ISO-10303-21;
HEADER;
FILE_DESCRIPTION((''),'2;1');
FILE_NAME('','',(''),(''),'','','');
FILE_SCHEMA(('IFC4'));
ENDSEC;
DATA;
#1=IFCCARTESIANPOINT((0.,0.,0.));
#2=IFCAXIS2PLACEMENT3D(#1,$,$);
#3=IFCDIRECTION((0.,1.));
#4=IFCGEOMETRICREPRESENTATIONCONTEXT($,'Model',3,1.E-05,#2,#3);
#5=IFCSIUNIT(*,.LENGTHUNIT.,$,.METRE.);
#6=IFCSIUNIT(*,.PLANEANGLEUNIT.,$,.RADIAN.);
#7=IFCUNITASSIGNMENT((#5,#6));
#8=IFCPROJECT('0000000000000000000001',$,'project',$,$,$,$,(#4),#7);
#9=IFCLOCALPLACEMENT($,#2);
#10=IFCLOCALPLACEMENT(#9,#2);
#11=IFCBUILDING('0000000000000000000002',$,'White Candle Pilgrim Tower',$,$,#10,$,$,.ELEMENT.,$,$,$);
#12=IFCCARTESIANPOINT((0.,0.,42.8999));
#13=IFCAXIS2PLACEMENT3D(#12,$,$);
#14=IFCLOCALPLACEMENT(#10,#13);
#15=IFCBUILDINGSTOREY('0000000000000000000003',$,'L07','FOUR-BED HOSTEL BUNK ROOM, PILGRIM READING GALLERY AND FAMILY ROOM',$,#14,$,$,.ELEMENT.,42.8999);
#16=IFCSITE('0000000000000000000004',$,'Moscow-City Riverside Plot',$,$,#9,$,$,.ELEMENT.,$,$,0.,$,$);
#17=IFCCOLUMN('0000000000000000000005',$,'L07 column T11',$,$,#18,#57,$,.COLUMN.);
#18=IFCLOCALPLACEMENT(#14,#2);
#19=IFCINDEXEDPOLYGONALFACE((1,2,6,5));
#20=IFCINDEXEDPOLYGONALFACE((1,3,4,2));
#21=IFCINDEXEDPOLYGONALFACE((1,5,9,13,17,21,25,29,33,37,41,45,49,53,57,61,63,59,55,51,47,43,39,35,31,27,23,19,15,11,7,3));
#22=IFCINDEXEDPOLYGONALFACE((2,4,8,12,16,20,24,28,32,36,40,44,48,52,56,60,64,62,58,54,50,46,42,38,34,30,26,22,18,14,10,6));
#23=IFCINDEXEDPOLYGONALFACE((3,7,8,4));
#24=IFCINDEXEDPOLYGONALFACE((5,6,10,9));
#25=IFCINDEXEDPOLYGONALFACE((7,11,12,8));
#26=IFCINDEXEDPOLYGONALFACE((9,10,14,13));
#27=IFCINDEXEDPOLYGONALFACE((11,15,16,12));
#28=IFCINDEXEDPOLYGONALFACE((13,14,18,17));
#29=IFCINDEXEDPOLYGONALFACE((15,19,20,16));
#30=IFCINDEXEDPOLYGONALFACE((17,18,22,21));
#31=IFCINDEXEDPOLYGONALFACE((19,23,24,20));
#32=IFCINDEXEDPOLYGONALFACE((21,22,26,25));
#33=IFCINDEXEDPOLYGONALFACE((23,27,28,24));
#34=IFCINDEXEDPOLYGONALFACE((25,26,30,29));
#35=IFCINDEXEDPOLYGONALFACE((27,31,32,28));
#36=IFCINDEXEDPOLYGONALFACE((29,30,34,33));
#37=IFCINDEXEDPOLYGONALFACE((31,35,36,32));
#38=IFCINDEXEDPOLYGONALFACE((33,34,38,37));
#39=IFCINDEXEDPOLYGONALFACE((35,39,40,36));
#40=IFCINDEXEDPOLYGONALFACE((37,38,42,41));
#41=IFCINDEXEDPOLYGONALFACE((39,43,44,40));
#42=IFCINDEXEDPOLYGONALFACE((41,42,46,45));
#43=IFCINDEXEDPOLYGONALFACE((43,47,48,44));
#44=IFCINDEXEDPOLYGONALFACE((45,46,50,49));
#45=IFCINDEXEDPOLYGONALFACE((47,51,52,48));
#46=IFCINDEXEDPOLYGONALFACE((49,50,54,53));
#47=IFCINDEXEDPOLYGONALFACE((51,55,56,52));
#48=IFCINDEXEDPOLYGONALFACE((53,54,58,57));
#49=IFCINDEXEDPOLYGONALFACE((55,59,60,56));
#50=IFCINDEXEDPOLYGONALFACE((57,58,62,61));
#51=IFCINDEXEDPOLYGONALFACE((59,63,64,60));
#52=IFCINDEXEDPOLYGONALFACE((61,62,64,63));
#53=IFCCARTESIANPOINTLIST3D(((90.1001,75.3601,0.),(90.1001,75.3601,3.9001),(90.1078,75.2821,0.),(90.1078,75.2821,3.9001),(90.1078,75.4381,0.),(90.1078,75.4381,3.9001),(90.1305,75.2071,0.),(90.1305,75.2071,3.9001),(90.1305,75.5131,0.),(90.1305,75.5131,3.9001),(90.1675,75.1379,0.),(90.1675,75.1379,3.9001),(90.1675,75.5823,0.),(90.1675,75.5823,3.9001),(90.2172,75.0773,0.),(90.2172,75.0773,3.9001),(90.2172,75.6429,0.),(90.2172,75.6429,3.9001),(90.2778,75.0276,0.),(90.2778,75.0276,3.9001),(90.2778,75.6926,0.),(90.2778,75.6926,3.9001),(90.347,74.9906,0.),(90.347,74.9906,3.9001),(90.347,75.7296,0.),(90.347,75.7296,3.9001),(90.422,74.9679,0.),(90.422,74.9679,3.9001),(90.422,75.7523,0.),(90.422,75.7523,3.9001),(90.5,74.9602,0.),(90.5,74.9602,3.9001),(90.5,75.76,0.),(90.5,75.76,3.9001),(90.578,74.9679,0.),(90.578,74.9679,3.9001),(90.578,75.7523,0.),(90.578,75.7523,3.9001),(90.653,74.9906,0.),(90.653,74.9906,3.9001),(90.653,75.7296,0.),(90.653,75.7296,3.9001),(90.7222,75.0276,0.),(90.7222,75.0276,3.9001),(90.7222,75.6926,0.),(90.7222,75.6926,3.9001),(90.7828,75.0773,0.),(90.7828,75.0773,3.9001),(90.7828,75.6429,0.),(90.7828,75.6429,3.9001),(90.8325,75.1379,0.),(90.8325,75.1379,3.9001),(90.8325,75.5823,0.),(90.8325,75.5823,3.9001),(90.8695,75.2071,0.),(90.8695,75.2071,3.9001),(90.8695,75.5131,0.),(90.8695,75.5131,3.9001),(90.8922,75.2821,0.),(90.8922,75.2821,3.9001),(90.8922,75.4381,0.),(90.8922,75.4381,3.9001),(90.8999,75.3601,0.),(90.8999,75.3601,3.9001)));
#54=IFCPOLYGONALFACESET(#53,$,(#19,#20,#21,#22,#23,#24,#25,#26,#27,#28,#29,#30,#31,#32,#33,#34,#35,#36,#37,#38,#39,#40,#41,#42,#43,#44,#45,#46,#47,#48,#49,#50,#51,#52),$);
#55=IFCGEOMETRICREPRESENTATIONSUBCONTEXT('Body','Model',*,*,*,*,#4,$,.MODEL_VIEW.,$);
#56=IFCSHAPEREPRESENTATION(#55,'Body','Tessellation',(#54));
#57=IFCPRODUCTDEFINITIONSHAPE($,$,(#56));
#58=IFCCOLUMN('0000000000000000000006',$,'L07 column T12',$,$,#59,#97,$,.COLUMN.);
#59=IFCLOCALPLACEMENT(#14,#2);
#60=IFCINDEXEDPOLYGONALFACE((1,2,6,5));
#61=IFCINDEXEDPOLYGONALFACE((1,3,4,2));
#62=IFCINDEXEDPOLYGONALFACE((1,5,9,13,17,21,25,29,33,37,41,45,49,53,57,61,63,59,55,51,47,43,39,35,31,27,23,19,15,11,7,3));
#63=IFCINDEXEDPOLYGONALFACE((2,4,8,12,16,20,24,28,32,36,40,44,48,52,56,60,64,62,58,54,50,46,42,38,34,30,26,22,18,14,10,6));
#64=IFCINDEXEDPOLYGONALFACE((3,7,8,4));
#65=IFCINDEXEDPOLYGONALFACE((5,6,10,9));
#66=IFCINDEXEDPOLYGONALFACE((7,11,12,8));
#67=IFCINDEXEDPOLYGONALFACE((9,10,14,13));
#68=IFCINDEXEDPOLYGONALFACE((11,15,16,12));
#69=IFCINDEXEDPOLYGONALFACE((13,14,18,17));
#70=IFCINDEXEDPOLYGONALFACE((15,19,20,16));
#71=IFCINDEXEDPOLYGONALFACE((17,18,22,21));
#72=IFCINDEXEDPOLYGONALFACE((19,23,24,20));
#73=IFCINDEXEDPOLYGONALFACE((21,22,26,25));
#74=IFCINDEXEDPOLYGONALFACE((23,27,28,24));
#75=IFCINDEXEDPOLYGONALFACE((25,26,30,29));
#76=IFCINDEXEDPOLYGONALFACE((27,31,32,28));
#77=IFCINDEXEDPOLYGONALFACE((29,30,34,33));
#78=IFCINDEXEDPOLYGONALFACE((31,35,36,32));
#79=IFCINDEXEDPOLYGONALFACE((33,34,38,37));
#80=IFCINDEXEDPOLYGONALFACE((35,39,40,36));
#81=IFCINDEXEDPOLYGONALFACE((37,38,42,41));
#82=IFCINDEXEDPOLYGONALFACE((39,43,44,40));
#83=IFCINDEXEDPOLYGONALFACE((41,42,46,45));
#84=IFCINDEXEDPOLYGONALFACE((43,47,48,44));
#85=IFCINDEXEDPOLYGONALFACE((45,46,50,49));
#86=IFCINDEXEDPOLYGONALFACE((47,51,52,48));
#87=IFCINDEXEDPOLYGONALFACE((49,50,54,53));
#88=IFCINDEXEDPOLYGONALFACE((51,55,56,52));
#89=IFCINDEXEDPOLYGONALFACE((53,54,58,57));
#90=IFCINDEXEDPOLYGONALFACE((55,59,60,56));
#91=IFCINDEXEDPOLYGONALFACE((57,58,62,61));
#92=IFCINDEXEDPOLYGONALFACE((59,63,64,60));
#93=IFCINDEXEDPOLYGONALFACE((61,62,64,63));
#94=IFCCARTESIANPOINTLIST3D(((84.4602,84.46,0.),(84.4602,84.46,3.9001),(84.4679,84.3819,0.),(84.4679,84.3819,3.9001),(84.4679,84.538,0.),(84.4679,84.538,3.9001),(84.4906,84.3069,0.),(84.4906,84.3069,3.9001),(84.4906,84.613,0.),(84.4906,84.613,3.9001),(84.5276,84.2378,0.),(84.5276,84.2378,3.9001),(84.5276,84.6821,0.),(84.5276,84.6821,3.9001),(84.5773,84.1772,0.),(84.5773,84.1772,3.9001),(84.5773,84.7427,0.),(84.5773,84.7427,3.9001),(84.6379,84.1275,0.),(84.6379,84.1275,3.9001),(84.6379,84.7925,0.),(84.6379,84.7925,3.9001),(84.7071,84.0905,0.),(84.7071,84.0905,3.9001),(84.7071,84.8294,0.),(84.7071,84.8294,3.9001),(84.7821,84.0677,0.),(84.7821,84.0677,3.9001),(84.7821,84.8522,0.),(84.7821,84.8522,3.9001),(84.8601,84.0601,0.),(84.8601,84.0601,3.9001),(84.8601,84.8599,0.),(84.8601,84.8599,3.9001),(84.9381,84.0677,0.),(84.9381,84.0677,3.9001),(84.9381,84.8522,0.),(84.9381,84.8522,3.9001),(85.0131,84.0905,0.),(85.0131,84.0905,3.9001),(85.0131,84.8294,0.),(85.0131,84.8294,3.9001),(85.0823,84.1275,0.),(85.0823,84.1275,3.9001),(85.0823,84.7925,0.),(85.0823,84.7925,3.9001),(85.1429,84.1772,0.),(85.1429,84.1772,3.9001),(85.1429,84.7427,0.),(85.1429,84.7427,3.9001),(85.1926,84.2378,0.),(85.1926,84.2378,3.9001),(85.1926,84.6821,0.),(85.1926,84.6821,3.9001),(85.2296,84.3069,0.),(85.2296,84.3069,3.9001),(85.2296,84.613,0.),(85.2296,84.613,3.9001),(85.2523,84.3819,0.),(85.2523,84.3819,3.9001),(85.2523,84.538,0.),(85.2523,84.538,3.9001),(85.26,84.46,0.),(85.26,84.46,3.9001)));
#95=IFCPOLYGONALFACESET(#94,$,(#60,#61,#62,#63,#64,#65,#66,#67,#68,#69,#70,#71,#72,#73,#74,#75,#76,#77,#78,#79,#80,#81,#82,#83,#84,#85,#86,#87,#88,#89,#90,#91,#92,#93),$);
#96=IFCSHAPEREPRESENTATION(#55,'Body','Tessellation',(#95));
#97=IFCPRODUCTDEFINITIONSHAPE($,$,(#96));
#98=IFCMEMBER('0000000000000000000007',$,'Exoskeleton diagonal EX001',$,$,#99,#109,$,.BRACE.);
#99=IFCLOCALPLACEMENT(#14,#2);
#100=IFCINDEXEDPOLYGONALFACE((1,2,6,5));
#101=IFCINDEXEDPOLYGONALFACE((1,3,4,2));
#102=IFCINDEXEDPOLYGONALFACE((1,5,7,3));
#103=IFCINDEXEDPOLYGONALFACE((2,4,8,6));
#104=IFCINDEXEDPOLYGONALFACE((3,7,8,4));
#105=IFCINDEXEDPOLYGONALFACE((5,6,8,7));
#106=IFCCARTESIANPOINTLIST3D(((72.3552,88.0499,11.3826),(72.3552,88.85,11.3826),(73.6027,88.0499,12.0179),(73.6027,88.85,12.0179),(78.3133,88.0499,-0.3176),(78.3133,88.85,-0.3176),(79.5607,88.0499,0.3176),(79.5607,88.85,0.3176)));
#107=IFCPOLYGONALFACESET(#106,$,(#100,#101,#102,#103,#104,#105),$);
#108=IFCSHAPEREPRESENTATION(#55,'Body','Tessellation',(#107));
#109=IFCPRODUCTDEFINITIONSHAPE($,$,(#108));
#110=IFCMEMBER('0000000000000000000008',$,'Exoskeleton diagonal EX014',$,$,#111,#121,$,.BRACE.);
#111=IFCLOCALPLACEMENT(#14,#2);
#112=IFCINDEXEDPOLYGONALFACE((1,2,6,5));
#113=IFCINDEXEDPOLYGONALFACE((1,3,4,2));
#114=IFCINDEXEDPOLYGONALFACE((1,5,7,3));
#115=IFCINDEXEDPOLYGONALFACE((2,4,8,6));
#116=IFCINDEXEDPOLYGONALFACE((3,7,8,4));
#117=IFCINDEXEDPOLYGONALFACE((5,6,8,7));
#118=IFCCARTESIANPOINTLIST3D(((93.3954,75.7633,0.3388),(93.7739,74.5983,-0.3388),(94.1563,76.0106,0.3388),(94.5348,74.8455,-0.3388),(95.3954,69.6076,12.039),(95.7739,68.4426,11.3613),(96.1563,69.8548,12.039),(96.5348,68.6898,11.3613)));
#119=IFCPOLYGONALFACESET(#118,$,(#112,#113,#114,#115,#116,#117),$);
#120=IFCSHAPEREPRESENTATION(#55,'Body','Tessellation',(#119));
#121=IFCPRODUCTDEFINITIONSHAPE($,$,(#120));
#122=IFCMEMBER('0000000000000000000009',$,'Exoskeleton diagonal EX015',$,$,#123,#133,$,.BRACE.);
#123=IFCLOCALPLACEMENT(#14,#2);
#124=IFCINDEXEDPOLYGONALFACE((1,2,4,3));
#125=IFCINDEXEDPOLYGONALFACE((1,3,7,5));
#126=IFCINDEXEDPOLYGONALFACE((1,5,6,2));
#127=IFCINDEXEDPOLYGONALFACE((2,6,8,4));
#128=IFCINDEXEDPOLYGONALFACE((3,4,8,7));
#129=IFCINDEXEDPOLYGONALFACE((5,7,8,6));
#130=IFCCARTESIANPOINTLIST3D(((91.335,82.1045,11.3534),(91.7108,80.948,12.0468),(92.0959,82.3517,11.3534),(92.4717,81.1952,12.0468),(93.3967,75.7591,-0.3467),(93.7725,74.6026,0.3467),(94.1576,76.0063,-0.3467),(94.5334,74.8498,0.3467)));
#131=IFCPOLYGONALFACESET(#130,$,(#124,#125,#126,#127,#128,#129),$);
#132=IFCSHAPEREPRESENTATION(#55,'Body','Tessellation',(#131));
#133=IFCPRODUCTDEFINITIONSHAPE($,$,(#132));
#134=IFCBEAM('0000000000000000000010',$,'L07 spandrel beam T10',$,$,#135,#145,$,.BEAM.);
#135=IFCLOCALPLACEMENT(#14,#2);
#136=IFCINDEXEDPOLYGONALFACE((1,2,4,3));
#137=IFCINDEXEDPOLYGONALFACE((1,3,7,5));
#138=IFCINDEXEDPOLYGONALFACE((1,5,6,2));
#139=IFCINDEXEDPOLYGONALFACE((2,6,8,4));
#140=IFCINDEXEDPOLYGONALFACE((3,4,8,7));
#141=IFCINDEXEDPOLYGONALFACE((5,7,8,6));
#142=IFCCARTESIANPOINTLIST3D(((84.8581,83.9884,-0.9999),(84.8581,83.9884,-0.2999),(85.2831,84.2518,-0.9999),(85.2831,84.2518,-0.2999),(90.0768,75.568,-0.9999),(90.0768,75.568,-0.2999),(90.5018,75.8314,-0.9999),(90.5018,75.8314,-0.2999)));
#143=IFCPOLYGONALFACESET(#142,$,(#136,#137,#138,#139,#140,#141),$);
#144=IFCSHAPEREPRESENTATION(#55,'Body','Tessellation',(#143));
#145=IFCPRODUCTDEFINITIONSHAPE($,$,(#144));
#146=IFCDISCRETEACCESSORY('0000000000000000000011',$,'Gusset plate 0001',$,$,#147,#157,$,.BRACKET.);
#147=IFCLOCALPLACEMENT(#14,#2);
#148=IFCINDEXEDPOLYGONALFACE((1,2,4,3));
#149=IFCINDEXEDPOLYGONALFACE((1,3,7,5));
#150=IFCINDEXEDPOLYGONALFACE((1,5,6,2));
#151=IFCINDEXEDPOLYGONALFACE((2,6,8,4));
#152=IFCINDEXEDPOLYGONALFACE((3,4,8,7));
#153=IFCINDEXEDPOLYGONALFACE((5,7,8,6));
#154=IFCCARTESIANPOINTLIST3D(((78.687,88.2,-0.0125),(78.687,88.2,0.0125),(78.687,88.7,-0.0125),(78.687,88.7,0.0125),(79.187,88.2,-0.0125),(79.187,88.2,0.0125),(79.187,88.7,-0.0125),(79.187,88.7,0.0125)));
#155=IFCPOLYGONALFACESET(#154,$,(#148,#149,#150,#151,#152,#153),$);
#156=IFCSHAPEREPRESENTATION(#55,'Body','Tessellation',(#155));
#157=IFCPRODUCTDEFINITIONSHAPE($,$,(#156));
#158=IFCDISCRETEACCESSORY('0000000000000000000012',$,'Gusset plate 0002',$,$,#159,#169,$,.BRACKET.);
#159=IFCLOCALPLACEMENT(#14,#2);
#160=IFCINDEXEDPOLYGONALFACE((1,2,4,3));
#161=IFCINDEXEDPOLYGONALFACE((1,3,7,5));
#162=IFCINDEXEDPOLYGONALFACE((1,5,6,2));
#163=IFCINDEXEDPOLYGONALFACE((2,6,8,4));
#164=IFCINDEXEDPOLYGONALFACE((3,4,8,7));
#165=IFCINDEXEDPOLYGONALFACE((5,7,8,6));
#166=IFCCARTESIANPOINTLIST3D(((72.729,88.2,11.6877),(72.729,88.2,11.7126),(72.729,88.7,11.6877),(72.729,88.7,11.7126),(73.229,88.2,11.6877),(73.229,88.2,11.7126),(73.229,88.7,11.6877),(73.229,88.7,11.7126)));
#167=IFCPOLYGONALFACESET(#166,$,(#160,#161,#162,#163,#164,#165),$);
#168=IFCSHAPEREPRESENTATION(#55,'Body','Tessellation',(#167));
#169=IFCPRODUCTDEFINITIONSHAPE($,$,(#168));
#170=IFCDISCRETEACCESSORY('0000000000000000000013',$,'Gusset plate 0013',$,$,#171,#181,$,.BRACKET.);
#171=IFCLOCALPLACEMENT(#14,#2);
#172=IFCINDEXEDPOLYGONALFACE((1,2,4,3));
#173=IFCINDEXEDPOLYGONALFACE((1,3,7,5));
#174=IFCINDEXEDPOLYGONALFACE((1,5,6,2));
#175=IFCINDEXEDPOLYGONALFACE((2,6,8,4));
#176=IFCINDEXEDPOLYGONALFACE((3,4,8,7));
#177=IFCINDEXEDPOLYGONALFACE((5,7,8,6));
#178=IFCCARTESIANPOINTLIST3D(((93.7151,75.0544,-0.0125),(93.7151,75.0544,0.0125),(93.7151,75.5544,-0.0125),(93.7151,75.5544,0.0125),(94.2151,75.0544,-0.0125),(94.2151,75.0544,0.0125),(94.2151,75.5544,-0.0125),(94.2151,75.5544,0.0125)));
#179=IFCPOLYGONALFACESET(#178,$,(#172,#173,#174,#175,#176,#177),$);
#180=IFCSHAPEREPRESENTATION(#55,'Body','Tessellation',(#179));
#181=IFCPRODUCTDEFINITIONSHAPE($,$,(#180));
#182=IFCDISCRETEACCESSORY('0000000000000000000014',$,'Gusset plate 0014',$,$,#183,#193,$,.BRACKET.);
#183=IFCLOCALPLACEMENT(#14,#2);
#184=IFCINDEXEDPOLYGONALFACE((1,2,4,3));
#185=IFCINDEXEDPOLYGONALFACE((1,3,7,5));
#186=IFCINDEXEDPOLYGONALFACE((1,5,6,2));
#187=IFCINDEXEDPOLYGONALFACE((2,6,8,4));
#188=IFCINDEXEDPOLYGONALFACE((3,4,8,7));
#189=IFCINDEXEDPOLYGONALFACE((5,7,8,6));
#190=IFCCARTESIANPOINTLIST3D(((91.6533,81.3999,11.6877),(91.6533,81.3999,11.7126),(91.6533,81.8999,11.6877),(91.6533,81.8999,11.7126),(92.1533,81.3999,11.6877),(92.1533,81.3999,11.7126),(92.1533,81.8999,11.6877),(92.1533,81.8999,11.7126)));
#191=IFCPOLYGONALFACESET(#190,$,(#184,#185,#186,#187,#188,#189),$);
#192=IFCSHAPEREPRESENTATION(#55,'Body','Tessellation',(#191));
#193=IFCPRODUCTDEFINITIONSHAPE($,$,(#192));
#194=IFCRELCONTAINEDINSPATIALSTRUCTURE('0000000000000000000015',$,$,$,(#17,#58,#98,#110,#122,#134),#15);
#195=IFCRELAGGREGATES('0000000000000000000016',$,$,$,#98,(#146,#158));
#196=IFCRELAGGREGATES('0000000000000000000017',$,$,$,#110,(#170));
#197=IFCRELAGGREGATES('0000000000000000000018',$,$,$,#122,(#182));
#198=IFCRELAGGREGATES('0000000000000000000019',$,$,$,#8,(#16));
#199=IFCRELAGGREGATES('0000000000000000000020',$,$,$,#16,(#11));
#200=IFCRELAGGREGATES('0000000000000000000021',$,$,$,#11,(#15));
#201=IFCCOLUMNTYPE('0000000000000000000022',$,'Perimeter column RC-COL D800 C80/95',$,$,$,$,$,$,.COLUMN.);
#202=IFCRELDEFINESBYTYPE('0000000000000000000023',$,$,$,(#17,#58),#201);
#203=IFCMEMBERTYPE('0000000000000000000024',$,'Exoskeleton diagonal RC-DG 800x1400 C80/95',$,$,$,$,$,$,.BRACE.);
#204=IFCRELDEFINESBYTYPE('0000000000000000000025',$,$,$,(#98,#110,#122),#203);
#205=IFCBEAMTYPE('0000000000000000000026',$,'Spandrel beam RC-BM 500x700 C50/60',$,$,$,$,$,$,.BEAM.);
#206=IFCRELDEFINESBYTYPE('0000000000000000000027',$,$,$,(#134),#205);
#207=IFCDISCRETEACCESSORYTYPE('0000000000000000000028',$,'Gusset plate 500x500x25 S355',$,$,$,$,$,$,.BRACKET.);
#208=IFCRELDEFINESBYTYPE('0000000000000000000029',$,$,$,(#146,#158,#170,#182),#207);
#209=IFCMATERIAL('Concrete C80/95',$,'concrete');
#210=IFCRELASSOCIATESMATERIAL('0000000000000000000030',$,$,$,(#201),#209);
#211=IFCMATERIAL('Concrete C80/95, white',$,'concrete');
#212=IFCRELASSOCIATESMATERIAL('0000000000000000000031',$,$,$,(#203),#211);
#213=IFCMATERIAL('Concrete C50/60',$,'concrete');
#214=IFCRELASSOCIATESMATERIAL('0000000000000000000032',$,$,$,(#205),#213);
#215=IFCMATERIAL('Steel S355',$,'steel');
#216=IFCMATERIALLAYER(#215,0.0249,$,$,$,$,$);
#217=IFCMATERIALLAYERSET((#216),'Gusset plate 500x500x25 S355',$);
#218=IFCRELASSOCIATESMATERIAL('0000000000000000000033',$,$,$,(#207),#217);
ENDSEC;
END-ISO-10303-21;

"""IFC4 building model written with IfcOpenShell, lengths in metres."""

from ifc_helpers import new_model, si_unit, direction, frame, origin, origin_2d, place, context, subcontext, project, spatial, rectangle, circle, extrude, material, layer, layer_set, material_profile, profile_set, type_object, element, aggregate, save


model = new_model("IFC4")

# Units and contexts
model_context = context("Model", 3, precision=1e-05, world=origin(), true_north=direction((0.0, 1.0)))
body_context = subcontext(model_context, "Body", "Model", "MODEL_VIEW")
ifc_project = project(units=[si_unit("LENGTHUNIT", "METRE"), si_unit("PLANEANGLEUNIT", "RADIAN")], contexts=[model_context])

# Site, building, storey
site_placement = place(None, origin())
site = spatial("IfcSite", under=ifc_project, at=site_placement, Name="Moscow-City Riverside Plot", CompositionType="ELEMENT", RefElevation=0.0)
building_placement = place(site_placement, origin())
building = spatial("IfcBuilding", under=site, at=building_placement, Name="White Candle Pilgrim Tower", CompositionType="ELEMENT")
storey_placement = place(building_placement, frame((0.0, 0.0, 42.8999)))
storey = spatial("IfcBuildingStorey", under=building, at=storey_placement, Name="L07", Description="FOUR-BED HOSTEL BUNK ROOM, PILGRIM READING GALLERY AND FAMILY ROOM", CompositionType="ELEMENT", Elevation=42.8999)

# Columns
ifc_material_1 = material(Name="Concrete C80/95", Category="concrete")
ifc_material_profile_1 = material_profile(ifc_material_1, circle(Radius=0.3999, at=origin_2d()), Name="RC-COL D800")
ifc_profile_set_1 = profile_set([ifc_material_profile_1], Name="Concrete C80/95")
column_type = type_object("IfcColumnType", Name="Perimeter column RC-COL D800 C80/95", PredefinedType="COLUMN", material=ifc_profile_set_1)
for number, where, z_axis, x_axis, name in (
    (1, (90.5, 75.3601, 0.0), (0.0, 0.0, 1.0), (1.0, 0.0, 0.0), "L07 column T11"),
    (2, (84.8601, 84.46, 0.0), (0.0, 0.0, 1.0), (1.0, 0.0, 0.0), "L07 column T12"),
):
    element("IfcColumn", number, at=place(storey_placement, frame(where, z_axis=z_axis, x_axis=x_axis)), inside=storey, type_object=column_type, Name=name, PredefinedType="COLUMN", context=body_context, shape_type="SweptSolid", body=[
        extrude(circle(Radius=0.3999, at=origin_2d()), origin(), (0.0, 0.0, 1.0), 3.9001),
    ])

# Members
ifc_material_2 = material(Name="Concrete C80/95, white", Category="concrete")
ifc_material_profile_2 = material_profile(ifc_material_2, rectangle(XDim=0.8, YDim=1.3999, at=origin_2d()), Name="RC-DG 800x1400")
ifc_profile_set_2 = profile_set([ifc_material_profile_2], Name="Concrete C80/95, white")
member_type = type_object("IfcMemberType", Name="Exoskeleton diagonal RC-DG 800x1400 C80/95", PredefinedType="BRACE", material=ifc_profile_set_2)
member_1_placement = place(storey_placement, frame((78.937, 88.45, 0.0), z_axis=(-0.453776, 0.0, 0.891116), x_axis=(0.0, -1.0, 0.0)))
member_1 = element("IfcMember", 3, at=member_1_placement, inside=storey, type_object=member_type, Name="Exoskeleton diagonal EX001", PredefinedType="BRACE", context=body_context, shape_type="SweptSolid", body=[
    extrude(rectangle(XDim=0.8, YDim=1.3999, at=origin_2d()), origin(), (0.0, 0.0, 1.0), 13.1299),
])
member_2_placement = place(storey_placement, frame((93.9651, 75.3044, 0.0), z_axis=(0.149576, -0.460376, 0.875032), x_axis=(0.951062, 0.308999, 0.0)))
member_2 = element("IfcMember", 4, at=member_2_placement, inside=storey, type_object=member_type, Name="Exoskeleton diagonal EX014", PredefinedType="BRACE", context=body_context, shape_type="SweptSolid", body=[
    extrude(rectangle(XDim=0.8, YDim=1.3999, at=origin_2d()), origin(), (0.0, 0.0, 1.0), 13.3711),
])
member_3_placement = place(storey_placement, frame((93.9651, 75.3044, 0.0), z_axis=(-0.153077, 0.471121, 0.868685), x_axis=(-0.951056, -0.309017, 0.0)))
member_3 = element("IfcMember", 5, at=member_3_placement, inside=storey, type_object=member_type, Name="Exoskeleton diagonal EX015", PredefinedType="BRACE", context=body_context, shape_type="SweptSolid", body=[
    extrude(rectangle(XDim=0.8, YDim=1.3999, at=origin_2d()), origin(), (0.0, 0.0, 1.0), 13.4688),
])

# Beam
ifc_material_3 = material(Name="Concrete C50/60", Category="concrete")
ifc_material_profile_3 = material_profile(ifc_material_3, rectangle(XDim=0.5, YDim=0.7, at=origin_2d()), Name="RC-BM 500x700")
ifc_profile_set_3 = profile_set([ifc_material_profile_3], Name="Concrete C50/60")
beam_type_1 = type_object("IfcBeamType", Name="Spandrel beam RC-BM 500x700 C50/60", PredefinedType="BEAM", material=ifc_profile_set_3)
beam_1_placement = place(storey_placement, frame((90.2893, 75.6997, -0.6499), z_axis=(-0.526801, 0.849989, 0.0), x_axis=(-0.849989, -0.526801, 0.0)))
element("IfcBeam", 6, at=beam_1_placement, inside=storey, type_object=beam_type_1, Name="L07 spandrel beam T10", PredefinedType="BEAM", context=body_context, shape_type="SweptSolid", body=[
    extrude(rectangle(XDim=0.5, YDim=0.7, at=origin_2d()), origin(), (0.0, 0.0, 1.0), 9.9065),
])

# Discrete accessories
ifc_material_4 = material(Name="Steel S355", Category="steel")
ifc_layer_1 = layer(ifc_material_4, 0.0249)
ifc_layer_set_1 = layer_set([ifc_layer_1], Name="Gusset plate 500x500x25 S355")
discrete_accessory_type = type_object("IfcDiscreteAccessoryType", Name="Gusset plate 500x500x25 S355", PredefinedType="BRACKET", material=ifc_layer_set_1)
discrete_accessory_1_placement = place(storey_placement, frame((78.937, 88.45, -0.0125), z_axis=(0.0, 0.0, 1.0), x_axis=(1.0, 0.0, 0.0)))
discrete_accessory_1 = element("IfcDiscreteAccessory", 7, at=discrete_accessory_1_placement, type_object=discrete_accessory_type, Name="Gusset plate 0001", PredefinedType="BRACKET", context=body_context, shape_type="SweptSolid", body=[
    extrude(rectangle(XDim=0.5, YDim=0.5, at=origin_2d()), origin(), (0.0, 0.0, 1.0), 0.0249),
])
placement = place(building_placement, frame((0.0, 0.0, 54.6001)))
discrete_accessory_2_placement = place(placement, frame((72.979, 88.45, -0.0125), z_axis=(0.0, 0.0, 1.0), x_axis=(1.0, 0.0, 0.0)))
discrete_accessory_2 = element("IfcDiscreteAccessory", 8, at=discrete_accessory_2_placement, type_object=discrete_accessory_type, Name="Gusset plate 0002", PredefinedType="BRACKET", context=body_context, shape_type="SweptSolid", body=[
    extrude(rectangle(XDim=0.5, YDim=0.5, at=origin_2d()), origin(), (0.0, 0.0, 1.0), 0.0249),
])
aggregate(member_1, [discrete_accessory_1, discrete_accessory_2])
discrete_accessory_3_placement = place(storey_placement, frame((93.9651, 75.3044, -0.0125), z_axis=(0.0, 0.0, 1.0), x_axis=(1.0, 0.0, 0.0)))
discrete_accessory_3 = element("IfcDiscreteAccessory", 9, at=discrete_accessory_3_placement, type_object=discrete_accessory_type, Name="Gusset plate 0013", PredefinedType="BRACKET", context=body_context, shape_type="SweptSolid", body=[
    extrude(rectangle(XDim=0.5, YDim=0.5, at=origin_2d()), origin(), (0.0, 0.0, 1.0), 0.0249),
])
aggregate(member_2, [discrete_accessory_3])
discrete_accessory_4_placement = place(placement, frame((91.9033, 81.6499, -0.0125), z_axis=(0.0, 0.0, 1.0), x_axis=(1.0, 0.0, 0.0)))
discrete_accessory_4 = element("IfcDiscreteAccessory", 10, at=discrete_accessory_4_placement, type_object=discrete_accessory_type, Name="Gusset plate 0014", PredefinedType="BRACKET", context=body_context, shape_type="SweptSolid", body=[
    extrude(rectangle(XDim=0.5, YDim=0.5, at=origin_2d()), origin(), (0.0, 0.0, 1.0), 0.0249),
])
aggregate(member_3, [discrete_accessory_4])

save(model, "model.ifc")
